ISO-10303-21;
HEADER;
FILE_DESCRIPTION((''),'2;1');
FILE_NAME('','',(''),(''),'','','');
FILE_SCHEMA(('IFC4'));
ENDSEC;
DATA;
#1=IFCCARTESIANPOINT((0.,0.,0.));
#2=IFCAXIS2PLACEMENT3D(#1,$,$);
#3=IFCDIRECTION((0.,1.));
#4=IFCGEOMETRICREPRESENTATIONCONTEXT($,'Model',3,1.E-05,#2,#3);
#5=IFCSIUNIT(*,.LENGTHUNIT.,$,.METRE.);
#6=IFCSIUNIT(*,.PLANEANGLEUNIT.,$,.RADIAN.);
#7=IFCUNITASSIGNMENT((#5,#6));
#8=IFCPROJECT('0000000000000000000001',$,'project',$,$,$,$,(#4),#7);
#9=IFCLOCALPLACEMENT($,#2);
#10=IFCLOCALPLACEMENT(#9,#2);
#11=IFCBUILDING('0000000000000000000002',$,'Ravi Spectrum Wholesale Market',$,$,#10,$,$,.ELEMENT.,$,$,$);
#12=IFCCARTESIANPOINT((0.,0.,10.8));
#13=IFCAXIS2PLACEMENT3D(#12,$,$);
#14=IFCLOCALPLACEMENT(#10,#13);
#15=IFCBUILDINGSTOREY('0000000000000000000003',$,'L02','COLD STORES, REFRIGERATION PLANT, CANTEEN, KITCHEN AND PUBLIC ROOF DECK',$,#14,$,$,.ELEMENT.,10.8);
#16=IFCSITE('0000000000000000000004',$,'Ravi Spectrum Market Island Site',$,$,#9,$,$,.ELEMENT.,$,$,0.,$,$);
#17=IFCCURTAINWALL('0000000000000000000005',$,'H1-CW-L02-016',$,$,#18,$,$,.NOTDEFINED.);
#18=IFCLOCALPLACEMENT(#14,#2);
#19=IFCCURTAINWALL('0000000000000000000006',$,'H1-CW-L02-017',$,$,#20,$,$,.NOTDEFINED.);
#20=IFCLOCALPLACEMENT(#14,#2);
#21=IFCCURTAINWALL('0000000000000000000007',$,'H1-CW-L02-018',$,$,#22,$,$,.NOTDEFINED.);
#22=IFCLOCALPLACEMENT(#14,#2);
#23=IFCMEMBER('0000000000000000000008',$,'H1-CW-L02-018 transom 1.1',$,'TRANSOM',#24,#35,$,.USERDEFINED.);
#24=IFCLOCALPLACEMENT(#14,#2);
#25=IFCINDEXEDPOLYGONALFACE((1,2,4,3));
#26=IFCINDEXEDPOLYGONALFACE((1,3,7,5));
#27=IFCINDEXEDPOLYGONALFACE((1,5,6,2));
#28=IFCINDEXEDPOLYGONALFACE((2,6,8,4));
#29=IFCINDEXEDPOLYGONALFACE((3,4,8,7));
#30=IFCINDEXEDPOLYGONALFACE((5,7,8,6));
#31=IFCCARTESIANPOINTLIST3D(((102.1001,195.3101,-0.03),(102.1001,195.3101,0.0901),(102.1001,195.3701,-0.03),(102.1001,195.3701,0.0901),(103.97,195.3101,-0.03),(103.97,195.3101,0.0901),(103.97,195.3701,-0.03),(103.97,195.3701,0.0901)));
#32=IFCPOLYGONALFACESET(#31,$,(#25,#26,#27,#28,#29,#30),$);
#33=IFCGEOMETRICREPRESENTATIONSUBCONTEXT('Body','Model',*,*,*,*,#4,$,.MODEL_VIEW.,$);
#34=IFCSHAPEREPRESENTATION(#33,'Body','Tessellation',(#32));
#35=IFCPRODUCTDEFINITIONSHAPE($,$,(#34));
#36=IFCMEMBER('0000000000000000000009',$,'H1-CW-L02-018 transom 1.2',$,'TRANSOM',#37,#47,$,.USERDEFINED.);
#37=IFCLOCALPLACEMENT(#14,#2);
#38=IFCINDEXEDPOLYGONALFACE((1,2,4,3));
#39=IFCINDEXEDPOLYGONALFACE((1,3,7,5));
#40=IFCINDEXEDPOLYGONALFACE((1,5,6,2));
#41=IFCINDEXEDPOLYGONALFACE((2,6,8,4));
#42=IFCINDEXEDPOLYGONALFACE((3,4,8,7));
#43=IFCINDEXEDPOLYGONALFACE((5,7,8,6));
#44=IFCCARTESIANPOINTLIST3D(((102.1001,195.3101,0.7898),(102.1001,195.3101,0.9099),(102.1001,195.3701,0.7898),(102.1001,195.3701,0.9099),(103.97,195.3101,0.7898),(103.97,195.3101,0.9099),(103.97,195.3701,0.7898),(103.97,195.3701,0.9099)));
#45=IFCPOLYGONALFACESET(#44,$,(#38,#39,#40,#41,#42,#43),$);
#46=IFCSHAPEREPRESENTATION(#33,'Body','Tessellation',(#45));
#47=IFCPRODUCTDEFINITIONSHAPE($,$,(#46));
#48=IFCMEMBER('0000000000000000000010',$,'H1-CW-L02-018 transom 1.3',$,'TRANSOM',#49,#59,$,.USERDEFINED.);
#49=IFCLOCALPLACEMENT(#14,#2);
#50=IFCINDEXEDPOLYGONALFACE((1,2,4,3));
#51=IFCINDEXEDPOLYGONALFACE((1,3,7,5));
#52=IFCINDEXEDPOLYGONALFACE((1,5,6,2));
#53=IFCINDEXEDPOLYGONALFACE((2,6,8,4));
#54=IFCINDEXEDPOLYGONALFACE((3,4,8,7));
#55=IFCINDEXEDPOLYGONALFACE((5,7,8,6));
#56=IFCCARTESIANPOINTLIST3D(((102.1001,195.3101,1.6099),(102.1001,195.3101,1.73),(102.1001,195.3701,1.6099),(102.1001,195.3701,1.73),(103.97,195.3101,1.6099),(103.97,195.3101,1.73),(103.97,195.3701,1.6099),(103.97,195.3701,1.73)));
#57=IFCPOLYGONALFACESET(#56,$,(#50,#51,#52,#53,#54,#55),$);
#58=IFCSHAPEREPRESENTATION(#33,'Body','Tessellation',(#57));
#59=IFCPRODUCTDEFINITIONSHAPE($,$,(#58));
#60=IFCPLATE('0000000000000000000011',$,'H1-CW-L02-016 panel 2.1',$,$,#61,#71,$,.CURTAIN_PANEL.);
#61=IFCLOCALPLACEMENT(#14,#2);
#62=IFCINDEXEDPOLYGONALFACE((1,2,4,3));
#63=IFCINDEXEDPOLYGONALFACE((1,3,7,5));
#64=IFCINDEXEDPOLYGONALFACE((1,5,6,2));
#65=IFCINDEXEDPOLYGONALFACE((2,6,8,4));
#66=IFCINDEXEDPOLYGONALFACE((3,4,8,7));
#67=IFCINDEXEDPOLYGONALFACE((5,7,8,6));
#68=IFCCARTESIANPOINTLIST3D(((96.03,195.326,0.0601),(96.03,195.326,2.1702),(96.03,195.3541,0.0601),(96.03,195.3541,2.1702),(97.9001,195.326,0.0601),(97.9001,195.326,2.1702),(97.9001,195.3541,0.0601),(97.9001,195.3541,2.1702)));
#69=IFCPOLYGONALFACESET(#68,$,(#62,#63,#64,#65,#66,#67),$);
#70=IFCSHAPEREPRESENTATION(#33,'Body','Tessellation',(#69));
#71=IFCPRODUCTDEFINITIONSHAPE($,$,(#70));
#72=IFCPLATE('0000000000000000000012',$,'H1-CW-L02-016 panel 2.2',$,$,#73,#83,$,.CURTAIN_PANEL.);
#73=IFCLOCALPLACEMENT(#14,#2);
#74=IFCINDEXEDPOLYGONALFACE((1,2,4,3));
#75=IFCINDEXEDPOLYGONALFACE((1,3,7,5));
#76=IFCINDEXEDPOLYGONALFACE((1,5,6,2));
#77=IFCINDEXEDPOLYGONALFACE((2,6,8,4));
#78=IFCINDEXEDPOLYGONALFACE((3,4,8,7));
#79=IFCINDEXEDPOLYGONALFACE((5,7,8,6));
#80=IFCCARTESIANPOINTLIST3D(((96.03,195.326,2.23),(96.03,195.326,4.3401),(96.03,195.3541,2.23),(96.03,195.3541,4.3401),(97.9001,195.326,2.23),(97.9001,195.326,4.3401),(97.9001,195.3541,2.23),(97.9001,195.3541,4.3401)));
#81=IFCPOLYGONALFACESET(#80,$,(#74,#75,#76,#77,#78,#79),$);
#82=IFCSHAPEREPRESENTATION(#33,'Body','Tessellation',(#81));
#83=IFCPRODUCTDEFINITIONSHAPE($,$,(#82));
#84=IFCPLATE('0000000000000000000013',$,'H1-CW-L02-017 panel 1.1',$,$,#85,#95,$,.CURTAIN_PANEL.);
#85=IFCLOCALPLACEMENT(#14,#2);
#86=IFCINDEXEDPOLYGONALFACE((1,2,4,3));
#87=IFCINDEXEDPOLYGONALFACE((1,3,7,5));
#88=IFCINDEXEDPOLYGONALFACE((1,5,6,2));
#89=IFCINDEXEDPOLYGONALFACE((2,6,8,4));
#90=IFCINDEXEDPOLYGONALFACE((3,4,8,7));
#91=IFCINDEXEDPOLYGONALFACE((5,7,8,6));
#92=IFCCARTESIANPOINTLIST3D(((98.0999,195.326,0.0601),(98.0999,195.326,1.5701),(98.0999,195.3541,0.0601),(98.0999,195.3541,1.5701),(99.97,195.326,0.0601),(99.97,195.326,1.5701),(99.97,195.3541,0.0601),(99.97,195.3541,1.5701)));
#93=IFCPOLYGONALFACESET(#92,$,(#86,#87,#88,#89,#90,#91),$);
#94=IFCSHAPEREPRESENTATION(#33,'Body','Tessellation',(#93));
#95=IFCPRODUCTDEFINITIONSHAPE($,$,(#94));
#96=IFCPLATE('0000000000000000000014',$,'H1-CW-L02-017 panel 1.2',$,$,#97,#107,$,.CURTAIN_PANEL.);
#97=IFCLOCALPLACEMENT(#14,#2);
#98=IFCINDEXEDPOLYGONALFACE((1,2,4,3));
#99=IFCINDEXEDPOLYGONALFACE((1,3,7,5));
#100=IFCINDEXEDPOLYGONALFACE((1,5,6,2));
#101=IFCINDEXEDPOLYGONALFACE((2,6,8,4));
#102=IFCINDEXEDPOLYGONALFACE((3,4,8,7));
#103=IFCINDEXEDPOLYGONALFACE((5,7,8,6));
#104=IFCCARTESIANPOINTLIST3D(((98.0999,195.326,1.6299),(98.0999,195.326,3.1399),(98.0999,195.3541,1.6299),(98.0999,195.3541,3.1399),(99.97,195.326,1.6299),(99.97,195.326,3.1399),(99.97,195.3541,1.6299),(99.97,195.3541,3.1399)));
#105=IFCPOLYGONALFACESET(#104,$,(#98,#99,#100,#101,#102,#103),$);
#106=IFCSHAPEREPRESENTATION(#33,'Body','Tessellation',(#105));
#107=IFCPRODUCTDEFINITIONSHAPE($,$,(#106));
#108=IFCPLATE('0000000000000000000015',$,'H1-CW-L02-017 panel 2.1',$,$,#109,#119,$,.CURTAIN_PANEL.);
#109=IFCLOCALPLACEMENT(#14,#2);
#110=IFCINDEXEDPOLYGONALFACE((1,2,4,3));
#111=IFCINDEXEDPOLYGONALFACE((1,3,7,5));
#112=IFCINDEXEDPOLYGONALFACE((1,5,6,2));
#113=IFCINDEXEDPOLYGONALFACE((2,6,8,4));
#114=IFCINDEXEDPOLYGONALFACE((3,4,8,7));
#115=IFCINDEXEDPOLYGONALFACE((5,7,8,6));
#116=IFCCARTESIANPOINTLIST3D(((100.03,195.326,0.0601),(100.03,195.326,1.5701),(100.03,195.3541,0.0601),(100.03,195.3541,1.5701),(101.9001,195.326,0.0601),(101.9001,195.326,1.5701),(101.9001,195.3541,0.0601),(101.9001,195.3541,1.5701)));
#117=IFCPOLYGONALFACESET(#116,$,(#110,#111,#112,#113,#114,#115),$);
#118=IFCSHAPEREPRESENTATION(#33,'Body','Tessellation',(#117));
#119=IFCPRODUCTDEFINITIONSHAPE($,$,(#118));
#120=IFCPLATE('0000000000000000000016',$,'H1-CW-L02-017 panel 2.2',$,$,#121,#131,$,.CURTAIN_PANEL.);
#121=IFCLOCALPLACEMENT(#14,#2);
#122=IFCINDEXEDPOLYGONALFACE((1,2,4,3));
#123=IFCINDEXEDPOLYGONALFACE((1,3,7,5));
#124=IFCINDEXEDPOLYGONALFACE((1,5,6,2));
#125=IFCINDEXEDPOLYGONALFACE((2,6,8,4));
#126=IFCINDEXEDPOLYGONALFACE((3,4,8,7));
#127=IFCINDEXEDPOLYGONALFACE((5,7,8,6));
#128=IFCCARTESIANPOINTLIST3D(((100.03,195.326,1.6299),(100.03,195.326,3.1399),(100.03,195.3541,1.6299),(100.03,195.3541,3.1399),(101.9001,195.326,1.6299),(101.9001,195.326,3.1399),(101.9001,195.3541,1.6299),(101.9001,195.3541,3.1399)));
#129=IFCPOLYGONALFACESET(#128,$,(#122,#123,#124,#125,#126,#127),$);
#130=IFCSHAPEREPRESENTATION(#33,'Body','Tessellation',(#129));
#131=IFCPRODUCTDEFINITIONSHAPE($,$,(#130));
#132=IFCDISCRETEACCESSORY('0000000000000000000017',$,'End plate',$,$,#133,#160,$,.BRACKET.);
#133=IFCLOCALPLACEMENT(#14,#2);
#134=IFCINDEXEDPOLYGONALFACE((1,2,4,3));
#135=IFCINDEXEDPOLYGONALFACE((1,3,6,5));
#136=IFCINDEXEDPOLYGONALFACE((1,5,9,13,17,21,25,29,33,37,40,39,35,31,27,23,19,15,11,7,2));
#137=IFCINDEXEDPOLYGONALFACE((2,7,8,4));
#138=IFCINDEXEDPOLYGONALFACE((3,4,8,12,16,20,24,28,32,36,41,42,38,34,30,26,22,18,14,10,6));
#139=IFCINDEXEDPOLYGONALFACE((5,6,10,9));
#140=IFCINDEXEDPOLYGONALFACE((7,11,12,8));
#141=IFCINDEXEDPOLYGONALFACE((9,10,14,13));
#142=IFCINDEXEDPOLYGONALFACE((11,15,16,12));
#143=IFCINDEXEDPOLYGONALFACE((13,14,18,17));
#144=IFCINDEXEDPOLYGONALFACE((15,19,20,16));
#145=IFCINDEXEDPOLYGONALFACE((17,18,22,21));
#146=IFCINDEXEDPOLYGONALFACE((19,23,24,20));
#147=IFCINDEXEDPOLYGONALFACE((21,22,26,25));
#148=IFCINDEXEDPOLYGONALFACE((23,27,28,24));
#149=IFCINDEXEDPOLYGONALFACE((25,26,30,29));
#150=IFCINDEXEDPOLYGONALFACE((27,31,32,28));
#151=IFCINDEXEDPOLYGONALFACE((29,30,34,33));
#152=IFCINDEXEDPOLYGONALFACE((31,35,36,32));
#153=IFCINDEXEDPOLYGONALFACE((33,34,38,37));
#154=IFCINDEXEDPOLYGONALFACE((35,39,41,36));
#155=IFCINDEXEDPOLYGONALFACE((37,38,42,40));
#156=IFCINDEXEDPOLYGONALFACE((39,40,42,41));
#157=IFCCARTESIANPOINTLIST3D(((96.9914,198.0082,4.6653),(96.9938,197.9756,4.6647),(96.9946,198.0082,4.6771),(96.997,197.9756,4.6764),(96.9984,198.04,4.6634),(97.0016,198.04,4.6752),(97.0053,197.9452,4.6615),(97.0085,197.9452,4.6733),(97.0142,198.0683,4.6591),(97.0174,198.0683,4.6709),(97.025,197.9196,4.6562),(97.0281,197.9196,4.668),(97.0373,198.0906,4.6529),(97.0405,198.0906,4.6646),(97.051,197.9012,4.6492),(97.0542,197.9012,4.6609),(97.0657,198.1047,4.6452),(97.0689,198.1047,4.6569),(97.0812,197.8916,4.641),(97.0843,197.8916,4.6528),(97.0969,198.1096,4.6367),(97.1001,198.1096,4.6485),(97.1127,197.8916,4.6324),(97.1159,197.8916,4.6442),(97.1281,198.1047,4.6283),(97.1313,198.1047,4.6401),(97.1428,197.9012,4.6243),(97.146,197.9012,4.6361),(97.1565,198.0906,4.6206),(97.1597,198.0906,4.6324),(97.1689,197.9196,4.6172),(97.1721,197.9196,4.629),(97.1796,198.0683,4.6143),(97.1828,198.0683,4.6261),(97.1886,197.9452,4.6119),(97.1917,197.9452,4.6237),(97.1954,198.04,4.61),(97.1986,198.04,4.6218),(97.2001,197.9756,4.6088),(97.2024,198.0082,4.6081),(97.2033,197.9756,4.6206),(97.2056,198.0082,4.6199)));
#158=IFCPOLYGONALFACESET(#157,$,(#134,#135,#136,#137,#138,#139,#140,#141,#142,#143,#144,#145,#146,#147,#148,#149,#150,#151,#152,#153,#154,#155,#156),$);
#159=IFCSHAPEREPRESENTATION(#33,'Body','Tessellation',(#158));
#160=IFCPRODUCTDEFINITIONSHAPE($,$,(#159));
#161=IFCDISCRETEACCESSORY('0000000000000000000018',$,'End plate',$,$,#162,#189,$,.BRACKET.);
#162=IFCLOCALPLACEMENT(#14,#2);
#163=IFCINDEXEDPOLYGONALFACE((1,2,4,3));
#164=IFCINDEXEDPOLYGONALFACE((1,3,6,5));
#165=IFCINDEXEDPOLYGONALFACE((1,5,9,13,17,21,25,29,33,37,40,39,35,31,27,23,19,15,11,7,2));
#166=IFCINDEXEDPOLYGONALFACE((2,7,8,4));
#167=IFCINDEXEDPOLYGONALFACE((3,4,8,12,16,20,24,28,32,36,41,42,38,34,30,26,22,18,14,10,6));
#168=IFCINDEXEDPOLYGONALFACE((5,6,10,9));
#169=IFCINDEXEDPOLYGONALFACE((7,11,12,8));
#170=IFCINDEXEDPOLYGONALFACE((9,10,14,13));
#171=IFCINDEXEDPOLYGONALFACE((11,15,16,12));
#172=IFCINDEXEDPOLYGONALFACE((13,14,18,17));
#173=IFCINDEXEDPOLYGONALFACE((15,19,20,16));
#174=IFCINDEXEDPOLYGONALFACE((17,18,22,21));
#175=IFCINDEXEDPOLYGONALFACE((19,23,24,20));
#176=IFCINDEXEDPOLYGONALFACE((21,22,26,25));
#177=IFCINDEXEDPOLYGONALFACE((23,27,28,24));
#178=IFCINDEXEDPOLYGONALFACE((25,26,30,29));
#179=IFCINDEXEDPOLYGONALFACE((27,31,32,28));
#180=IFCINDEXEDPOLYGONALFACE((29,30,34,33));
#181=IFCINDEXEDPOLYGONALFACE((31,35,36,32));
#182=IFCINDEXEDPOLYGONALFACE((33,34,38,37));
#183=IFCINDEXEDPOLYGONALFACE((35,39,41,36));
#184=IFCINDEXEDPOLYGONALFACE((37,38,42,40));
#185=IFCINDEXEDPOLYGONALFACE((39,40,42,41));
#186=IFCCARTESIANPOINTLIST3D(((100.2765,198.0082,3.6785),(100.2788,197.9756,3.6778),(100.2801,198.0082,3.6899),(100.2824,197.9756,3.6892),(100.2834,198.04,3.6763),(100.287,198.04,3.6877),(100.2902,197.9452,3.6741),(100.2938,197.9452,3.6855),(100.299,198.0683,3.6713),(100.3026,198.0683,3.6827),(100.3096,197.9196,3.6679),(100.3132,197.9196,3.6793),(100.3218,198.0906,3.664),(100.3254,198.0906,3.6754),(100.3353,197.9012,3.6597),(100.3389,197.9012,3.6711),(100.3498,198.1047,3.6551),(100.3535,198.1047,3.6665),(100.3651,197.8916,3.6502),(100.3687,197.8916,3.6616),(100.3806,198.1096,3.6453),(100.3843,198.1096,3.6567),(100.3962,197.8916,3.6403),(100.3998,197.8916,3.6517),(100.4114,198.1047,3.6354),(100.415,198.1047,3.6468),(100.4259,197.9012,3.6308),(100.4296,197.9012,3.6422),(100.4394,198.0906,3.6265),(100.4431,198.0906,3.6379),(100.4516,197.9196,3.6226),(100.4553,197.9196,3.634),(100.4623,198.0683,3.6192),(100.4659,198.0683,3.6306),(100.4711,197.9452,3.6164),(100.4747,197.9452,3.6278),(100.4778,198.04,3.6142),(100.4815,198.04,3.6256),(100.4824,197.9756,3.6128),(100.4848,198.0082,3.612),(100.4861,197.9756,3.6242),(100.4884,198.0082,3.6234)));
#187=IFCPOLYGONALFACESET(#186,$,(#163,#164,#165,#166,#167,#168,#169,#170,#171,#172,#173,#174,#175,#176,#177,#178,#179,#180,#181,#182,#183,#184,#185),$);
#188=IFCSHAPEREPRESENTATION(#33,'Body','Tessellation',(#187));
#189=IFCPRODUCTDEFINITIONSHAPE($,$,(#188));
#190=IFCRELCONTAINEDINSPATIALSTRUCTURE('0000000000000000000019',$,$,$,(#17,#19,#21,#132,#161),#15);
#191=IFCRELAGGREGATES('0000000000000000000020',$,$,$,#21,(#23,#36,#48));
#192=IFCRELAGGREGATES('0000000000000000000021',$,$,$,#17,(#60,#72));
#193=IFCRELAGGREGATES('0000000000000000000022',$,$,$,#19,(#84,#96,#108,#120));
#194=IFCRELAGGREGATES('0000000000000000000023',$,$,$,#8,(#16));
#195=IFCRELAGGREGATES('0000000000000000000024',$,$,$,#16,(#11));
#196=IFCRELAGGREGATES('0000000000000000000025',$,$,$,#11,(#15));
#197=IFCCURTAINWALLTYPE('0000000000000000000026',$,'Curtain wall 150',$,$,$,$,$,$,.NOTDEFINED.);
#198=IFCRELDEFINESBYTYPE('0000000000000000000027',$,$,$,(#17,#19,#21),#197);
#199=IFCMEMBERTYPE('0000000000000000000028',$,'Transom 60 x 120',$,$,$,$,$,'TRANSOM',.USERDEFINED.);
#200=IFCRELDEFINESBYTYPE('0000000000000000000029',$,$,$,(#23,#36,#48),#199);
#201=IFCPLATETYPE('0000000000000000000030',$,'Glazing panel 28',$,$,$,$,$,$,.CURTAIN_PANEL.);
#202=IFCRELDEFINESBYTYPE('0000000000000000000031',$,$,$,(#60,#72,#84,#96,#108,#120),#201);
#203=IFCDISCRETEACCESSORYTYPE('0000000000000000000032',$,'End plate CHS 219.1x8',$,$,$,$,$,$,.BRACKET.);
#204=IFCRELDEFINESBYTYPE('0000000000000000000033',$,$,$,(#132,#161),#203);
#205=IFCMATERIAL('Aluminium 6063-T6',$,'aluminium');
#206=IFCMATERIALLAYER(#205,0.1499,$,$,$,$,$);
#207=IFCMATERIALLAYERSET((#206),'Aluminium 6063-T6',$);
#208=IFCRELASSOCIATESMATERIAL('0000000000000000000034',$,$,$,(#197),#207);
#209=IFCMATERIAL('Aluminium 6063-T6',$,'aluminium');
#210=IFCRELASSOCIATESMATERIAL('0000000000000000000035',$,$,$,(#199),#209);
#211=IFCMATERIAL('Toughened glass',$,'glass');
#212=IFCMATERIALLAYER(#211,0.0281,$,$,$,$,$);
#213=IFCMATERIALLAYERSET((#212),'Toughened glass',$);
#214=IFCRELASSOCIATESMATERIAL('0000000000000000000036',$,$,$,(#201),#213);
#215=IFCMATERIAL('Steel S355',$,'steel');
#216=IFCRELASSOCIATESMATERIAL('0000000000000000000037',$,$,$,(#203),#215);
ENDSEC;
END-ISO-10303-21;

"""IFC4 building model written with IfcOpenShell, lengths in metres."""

from ifc_helpers import new_model, si_unit, direction, frame, origin, origin_2d, place, context, subcontext, project, spatial, rectangle, circle, extrude, material, layer, layer_set, material_profile, profile_set, type_object, element, aggregate, save


model = new_model("IFC4")

# Units and contexts
model_context = context("Model", 3, precision=1e-05, world=origin(), true_north=direction((0.0, 1.0)))
body_context = subcontext(model_context, "Body", "Model", "MODEL_VIEW")
ifc_project = project(units=[si_unit("LENGTHUNIT", "METRE"), si_unit("PLANEANGLEUNIT", "RADIAN")], contexts=[model_context])

# Site, building, storey
site_placement = place(None, origin())
site = spatial("IfcSite", under=ifc_project, at=site_placement, Name="Ravi Spectrum Market Island Site", CompositionType="ELEMENT", RefElevation=0.0)
building_placement = place(site_placement, origin())
building = spatial("IfcBuilding", under=site, at=building_placement, Name="Ravi Spectrum Wholesale Market", CompositionType="ELEMENT")
storey_placement = place(building_placement, frame((0.0, 0.0, 10.8)))
storey = spatial("IfcBuildingStorey", under=building, at=storey_placement, Name="L02", Description="COLD STORES, REFRIGERATION PLANT, CANTEEN, KITCHEN AND PUBLIC ROOF DECK", CompositionType="ELEMENT", Elevation=10.8)

# Curtain wall
ifc_material_1 = material(Name="Aluminium 6063-T6", Category="aluminium")
ifc_layer_1 = layer(ifc_material_1, 0.1499)
ifc_layer_set_1 = layer_set([ifc_layer_1], Name="Aluminium 6063-T6")
curtain_wall_type = type_object("IfcCurtainWallType", Name="Curtain wall 150", PredefinedType="NOTDEFINED", material=ifc_layer_set_1)
curtain_wall_1_placement = place(storey_placement, origin())
curtain_wall_1 = element("IfcCurtainWall", 1, at=curtain_wall_1_placement, inside=storey, type_object=curtain_wall_type, Name="H1-CW-L02-016", PredefinedType="NOTDEFINED")

# Curtain wall
curtain_wall_2_placement = place(storey_placement, origin())
curtain_wall_2 = element("IfcCurtainWall", 2, at=curtain_wall_2_placement, inside=storey, type_object=curtain_wall_type, Name="H1-CW-L02-017", PredefinedType="NOTDEFINED")

# Curtain wall
curtain_wall_3_placement = place(storey_placement, origin())
curtain_wall_3 = element("IfcCurtainWall", 3, at=curtain_wall_3_placement, inside=storey, type_object=curtain_wall_type, Name="H1-CW-L02-018", PredefinedType="NOTDEFINED")

# Members
ifc_material_2 = material(Name="Aluminium 6063-T6", Category="aluminium")
ifc_material_profile_1 = material_profile(ifc_material_2, rectangle(XDim=0.0601, YDim=0.1201, at=origin_2d()))
ifc_profile_set_1 = profile_set([ifc_material_profile_1], Name="Aluminium 6063-T6")
member_type_1 = type_object("IfcMemberType", Name="Transom 60 x 120", ElementType="TRANSOM", PredefinedType="USERDEFINED", material=ifc_profile_set_1)
member_1_placement = place(storey_placement, frame((102.1001, 195.3401, 0.03), z_axis=(1.0, 0.0, 0.0), x_axis=(0.0, 1.0, 0.0)))
member_1 = element("IfcMember", 4, at=member_1_placement, type_object=member_type_1, Name="H1-CW-L02-018 transom 1.1", ObjectType="TRANSOM", PredefinedType="USERDEFINED", context=body_context, shape_type="SweptSolid", body=[
    extrude(rectangle(XDim=0.0601, YDim=0.1201, at=origin_2d()), origin(), (0.0, 0.0, 1.0), 1.8699),
])
member_2_placement = place(storey_placement, frame((102.1001, 195.3401, 0.8499), z_axis=(1.0, 0.0, 0.0), x_axis=(0.0, 1.0, 0.0)))
member_2 = element("IfcMember", 5, at=member_2_placement, type_object=member_type_1, Name="H1-CW-L02-018 transom 1.2", ObjectType="TRANSOM", PredefinedType="USERDEFINED", context=body_context, shape_type="SweptSolid", body=[
    extrude(rectangle(XDim=0.0601, YDim=0.1201, at=origin_2d()), origin(), (0.0, 0.0, 1.0), 1.8699),
])
member_3_placement = place(storey_placement, frame((102.1001, 195.3401, 1.6699), z_axis=(1.0, 0.0, 0.0), x_axis=(0.0, 1.0, 0.0)))
member_3 = element("IfcMember", 6, at=member_3_placement, type_object=member_type_1, Name="H1-CW-L02-018 transom 1.3", ObjectType="TRANSOM", PredefinedType="USERDEFINED", context=body_context, shape_type="SweptSolid", body=[
    extrude(rectangle(XDim=0.0601, YDim=0.1201, at=origin_2d()), origin(), (0.0, 0.0, 1.0), 1.8699),
])
aggregate(curtain_wall_3, [member_1, member_2, member_3])

# Plates
ifc_material_3 = material(Name="Toughened glass", Category="glass")
ifc_layer_2 = layer(ifc_material_3, 0.0281)
ifc_layer_set_2 = layer_set([ifc_layer_2], Name="Toughened glass")
plate_type = type_object("IfcPlateType", Name="Glazing panel 28", PredefinedType="CURTAIN_PANEL", material=ifc_layer_set_2)
plate_1_placement = place(storey_placement, frame((96.9651, 195.3401, 0.0601), z_axis=(0.0, 0.0, 1.0), x_axis=(1.0, 0.0, 0.0)))
plate_1 = element("IfcPlate", 7, at=plate_1_placement, type_object=plate_type, Name="H1-CW-L02-016 panel 2.1", PredefinedType="CURTAIN_PANEL", context=body_context, shape_type="SweptSolid", body=[
    extrude(rectangle(XDim=1.8701, YDim=0.0281, at=origin_2d()), origin(), (0.0, 0.0, 1.0), 2.1101),
])
plate_2_placement = place(storey_placement, frame((96.9651, 195.3401, 2.23), z_axis=(0.0, 0.0, 1.0), x_axis=(1.0, 0.0, 0.0)))
plate_2 = element("IfcPlate", 8, at=plate_2_placement, type_object=plate_type, Name="H1-CW-L02-016 panel 2.2", PredefinedType="CURTAIN_PANEL", context=body_context, shape_type="SweptSolid", body=[
    extrude(rectangle(XDim=1.8701, YDim=0.0281, at=origin_2d()), origin(), (0.0, 0.0, 1.0), 2.1101),
])
aggregate(curtain_wall_1, [plate_1, plate_2])
plate_3_placement = place(storey_placement, frame((99.0349, 195.3401, 0.0601), z_axis=(0.0, 0.0, 1.0), x_axis=(1.0, 0.0, 0.0)))
plate_3 = element("IfcPlate", 9, at=plate_3_placement, type_object=plate_type, Name="H1-CW-L02-017 panel 1.1", PredefinedType="CURTAIN_PANEL", context=body_context, shape_type="SweptSolid", body=[
    extrude(rectangle(XDim=1.8701, YDim=0.0281, at=origin_2d()), origin(), (0.0, 0.0, 1.0), 1.51),
])
plate_4_placement = place(storey_placement, frame((99.0349, 195.3401, 1.6299), z_axis=(0.0, 0.0, 1.0), x_axis=(1.0, 0.0, 0.0)))
plate_4 = element("IfcPlate", 10, at=plate_4_placement, type_object=plate_type, Name="H1-CW-L02-017 panel 1.2", PredefinedType="CURTAIN_PANEL", context=body_context, shape_type="SweptSolid", body=[
    extrude(rectangle(XDim=1.8701, YDim=0.0281, at=origin_2d()), origin(), (0.0, 0.0, 1.0), 1.51),
])
plate_5_placement = place(storey_placement, frame((100.9651, 195.3401, 0.0601), z_axis=(0.0, 0.0, 1.0), x_axis=(1.0, 0.0, 0.0)))
plate_5 = element("IfcPlate", 11, at=plate_5_placement, type_object=plate_type, Name="H1-CW-L02-017 panel 2.1", PredefinedType="CURTAIN_PANEL", context=body_context, shape_type="SweptSolid", body=[
    extrude(rectangle(XDim=1.8701, YDim=0.0281, at=origin_2d()), origin(), (0.0, 0.0, 1.0), 1.51),
])
plate_6_placement = place(storey_placement, frame((100.9651, 195.3401, 1.6299), z_axis=(0.0, 0.0, 1.0), x_axis=(1.0, 0.0, 0.0)))
plate_6 = element("IfcPlate", 12, at=plate_6_placement, type_object=plate_type, Name="H1-CW-L02-017 panel 2.2", PredefinedType="CURTAIN_PANEL", context=body_context, shape_type="SweptSolid", body=[
    extrude(rectangle(XDim=1.8701, YDim=0.0281, at=origin_2d()), origin(), (0.0, 0.0, 1.0), 1.51),
])
aggregate(curtain_wall_2, [plate_3, plate_4, plate_5, plate_6])

# Discrete accessories
ifc_material_4 = material(Name="Steel S355", Category="steel")
ifc_material_profile_2 = material_profile(ifc_material_4, circle(Radius=0.1096, at=origin_2d()))
ifc_profile_set_2 = profile_set([ifc_material_profile_2], Name="Steel S355")
discrete_accessory_type_1 = type_object("IfcDiscreteAccessoryType", Name="End plate CHS 219.1x8", PredefinedType="BRACKET", material=ifc_profile_set_2)
discrete_accessory_1_placement = place(storey_placement, frame((97.0969, 198.0, 4.6367), z_axis=(0.261415, 0.0, 0.965226), x_axis=(0.0, 1.0, 0.0)))
element("IfcDiscreteAccessory", 13, at=discrete_accessory_1_placement, inside=storey, type_object=discrete_accessory_type_1, Name="End plate", PredefinedType="BRACKET", context=body_context, shape_type="SweptSolid", body=[
    extrude(circle(Radius=0.1096, at=origin_2d()), origin(), (0.0, 0.0, 1.0), 0.0122),
])
discrete_accessory_2_placement = place(storey_placement, frame((100.3806, 198.0, 3.6453), z_axis=(0.30404, 0.0, 0.952659), x_axis=(0.0, 1.0, 0.0)))
element("IfcDiscreteAccessory", 14, at=discrete_accessory_2_placement, inside=storey, type_object=discrete_accessory_type_1, Name="End plate", PredefinedType="BRACKET", context=body_context, shape_type="SweptSolid", body=[
    extrude(circle(Radius=0.1096, at=origin_2d()), origin(), (0.0, 0.0, 1.0), 0.012),
])

save(model, "model.ifc")
